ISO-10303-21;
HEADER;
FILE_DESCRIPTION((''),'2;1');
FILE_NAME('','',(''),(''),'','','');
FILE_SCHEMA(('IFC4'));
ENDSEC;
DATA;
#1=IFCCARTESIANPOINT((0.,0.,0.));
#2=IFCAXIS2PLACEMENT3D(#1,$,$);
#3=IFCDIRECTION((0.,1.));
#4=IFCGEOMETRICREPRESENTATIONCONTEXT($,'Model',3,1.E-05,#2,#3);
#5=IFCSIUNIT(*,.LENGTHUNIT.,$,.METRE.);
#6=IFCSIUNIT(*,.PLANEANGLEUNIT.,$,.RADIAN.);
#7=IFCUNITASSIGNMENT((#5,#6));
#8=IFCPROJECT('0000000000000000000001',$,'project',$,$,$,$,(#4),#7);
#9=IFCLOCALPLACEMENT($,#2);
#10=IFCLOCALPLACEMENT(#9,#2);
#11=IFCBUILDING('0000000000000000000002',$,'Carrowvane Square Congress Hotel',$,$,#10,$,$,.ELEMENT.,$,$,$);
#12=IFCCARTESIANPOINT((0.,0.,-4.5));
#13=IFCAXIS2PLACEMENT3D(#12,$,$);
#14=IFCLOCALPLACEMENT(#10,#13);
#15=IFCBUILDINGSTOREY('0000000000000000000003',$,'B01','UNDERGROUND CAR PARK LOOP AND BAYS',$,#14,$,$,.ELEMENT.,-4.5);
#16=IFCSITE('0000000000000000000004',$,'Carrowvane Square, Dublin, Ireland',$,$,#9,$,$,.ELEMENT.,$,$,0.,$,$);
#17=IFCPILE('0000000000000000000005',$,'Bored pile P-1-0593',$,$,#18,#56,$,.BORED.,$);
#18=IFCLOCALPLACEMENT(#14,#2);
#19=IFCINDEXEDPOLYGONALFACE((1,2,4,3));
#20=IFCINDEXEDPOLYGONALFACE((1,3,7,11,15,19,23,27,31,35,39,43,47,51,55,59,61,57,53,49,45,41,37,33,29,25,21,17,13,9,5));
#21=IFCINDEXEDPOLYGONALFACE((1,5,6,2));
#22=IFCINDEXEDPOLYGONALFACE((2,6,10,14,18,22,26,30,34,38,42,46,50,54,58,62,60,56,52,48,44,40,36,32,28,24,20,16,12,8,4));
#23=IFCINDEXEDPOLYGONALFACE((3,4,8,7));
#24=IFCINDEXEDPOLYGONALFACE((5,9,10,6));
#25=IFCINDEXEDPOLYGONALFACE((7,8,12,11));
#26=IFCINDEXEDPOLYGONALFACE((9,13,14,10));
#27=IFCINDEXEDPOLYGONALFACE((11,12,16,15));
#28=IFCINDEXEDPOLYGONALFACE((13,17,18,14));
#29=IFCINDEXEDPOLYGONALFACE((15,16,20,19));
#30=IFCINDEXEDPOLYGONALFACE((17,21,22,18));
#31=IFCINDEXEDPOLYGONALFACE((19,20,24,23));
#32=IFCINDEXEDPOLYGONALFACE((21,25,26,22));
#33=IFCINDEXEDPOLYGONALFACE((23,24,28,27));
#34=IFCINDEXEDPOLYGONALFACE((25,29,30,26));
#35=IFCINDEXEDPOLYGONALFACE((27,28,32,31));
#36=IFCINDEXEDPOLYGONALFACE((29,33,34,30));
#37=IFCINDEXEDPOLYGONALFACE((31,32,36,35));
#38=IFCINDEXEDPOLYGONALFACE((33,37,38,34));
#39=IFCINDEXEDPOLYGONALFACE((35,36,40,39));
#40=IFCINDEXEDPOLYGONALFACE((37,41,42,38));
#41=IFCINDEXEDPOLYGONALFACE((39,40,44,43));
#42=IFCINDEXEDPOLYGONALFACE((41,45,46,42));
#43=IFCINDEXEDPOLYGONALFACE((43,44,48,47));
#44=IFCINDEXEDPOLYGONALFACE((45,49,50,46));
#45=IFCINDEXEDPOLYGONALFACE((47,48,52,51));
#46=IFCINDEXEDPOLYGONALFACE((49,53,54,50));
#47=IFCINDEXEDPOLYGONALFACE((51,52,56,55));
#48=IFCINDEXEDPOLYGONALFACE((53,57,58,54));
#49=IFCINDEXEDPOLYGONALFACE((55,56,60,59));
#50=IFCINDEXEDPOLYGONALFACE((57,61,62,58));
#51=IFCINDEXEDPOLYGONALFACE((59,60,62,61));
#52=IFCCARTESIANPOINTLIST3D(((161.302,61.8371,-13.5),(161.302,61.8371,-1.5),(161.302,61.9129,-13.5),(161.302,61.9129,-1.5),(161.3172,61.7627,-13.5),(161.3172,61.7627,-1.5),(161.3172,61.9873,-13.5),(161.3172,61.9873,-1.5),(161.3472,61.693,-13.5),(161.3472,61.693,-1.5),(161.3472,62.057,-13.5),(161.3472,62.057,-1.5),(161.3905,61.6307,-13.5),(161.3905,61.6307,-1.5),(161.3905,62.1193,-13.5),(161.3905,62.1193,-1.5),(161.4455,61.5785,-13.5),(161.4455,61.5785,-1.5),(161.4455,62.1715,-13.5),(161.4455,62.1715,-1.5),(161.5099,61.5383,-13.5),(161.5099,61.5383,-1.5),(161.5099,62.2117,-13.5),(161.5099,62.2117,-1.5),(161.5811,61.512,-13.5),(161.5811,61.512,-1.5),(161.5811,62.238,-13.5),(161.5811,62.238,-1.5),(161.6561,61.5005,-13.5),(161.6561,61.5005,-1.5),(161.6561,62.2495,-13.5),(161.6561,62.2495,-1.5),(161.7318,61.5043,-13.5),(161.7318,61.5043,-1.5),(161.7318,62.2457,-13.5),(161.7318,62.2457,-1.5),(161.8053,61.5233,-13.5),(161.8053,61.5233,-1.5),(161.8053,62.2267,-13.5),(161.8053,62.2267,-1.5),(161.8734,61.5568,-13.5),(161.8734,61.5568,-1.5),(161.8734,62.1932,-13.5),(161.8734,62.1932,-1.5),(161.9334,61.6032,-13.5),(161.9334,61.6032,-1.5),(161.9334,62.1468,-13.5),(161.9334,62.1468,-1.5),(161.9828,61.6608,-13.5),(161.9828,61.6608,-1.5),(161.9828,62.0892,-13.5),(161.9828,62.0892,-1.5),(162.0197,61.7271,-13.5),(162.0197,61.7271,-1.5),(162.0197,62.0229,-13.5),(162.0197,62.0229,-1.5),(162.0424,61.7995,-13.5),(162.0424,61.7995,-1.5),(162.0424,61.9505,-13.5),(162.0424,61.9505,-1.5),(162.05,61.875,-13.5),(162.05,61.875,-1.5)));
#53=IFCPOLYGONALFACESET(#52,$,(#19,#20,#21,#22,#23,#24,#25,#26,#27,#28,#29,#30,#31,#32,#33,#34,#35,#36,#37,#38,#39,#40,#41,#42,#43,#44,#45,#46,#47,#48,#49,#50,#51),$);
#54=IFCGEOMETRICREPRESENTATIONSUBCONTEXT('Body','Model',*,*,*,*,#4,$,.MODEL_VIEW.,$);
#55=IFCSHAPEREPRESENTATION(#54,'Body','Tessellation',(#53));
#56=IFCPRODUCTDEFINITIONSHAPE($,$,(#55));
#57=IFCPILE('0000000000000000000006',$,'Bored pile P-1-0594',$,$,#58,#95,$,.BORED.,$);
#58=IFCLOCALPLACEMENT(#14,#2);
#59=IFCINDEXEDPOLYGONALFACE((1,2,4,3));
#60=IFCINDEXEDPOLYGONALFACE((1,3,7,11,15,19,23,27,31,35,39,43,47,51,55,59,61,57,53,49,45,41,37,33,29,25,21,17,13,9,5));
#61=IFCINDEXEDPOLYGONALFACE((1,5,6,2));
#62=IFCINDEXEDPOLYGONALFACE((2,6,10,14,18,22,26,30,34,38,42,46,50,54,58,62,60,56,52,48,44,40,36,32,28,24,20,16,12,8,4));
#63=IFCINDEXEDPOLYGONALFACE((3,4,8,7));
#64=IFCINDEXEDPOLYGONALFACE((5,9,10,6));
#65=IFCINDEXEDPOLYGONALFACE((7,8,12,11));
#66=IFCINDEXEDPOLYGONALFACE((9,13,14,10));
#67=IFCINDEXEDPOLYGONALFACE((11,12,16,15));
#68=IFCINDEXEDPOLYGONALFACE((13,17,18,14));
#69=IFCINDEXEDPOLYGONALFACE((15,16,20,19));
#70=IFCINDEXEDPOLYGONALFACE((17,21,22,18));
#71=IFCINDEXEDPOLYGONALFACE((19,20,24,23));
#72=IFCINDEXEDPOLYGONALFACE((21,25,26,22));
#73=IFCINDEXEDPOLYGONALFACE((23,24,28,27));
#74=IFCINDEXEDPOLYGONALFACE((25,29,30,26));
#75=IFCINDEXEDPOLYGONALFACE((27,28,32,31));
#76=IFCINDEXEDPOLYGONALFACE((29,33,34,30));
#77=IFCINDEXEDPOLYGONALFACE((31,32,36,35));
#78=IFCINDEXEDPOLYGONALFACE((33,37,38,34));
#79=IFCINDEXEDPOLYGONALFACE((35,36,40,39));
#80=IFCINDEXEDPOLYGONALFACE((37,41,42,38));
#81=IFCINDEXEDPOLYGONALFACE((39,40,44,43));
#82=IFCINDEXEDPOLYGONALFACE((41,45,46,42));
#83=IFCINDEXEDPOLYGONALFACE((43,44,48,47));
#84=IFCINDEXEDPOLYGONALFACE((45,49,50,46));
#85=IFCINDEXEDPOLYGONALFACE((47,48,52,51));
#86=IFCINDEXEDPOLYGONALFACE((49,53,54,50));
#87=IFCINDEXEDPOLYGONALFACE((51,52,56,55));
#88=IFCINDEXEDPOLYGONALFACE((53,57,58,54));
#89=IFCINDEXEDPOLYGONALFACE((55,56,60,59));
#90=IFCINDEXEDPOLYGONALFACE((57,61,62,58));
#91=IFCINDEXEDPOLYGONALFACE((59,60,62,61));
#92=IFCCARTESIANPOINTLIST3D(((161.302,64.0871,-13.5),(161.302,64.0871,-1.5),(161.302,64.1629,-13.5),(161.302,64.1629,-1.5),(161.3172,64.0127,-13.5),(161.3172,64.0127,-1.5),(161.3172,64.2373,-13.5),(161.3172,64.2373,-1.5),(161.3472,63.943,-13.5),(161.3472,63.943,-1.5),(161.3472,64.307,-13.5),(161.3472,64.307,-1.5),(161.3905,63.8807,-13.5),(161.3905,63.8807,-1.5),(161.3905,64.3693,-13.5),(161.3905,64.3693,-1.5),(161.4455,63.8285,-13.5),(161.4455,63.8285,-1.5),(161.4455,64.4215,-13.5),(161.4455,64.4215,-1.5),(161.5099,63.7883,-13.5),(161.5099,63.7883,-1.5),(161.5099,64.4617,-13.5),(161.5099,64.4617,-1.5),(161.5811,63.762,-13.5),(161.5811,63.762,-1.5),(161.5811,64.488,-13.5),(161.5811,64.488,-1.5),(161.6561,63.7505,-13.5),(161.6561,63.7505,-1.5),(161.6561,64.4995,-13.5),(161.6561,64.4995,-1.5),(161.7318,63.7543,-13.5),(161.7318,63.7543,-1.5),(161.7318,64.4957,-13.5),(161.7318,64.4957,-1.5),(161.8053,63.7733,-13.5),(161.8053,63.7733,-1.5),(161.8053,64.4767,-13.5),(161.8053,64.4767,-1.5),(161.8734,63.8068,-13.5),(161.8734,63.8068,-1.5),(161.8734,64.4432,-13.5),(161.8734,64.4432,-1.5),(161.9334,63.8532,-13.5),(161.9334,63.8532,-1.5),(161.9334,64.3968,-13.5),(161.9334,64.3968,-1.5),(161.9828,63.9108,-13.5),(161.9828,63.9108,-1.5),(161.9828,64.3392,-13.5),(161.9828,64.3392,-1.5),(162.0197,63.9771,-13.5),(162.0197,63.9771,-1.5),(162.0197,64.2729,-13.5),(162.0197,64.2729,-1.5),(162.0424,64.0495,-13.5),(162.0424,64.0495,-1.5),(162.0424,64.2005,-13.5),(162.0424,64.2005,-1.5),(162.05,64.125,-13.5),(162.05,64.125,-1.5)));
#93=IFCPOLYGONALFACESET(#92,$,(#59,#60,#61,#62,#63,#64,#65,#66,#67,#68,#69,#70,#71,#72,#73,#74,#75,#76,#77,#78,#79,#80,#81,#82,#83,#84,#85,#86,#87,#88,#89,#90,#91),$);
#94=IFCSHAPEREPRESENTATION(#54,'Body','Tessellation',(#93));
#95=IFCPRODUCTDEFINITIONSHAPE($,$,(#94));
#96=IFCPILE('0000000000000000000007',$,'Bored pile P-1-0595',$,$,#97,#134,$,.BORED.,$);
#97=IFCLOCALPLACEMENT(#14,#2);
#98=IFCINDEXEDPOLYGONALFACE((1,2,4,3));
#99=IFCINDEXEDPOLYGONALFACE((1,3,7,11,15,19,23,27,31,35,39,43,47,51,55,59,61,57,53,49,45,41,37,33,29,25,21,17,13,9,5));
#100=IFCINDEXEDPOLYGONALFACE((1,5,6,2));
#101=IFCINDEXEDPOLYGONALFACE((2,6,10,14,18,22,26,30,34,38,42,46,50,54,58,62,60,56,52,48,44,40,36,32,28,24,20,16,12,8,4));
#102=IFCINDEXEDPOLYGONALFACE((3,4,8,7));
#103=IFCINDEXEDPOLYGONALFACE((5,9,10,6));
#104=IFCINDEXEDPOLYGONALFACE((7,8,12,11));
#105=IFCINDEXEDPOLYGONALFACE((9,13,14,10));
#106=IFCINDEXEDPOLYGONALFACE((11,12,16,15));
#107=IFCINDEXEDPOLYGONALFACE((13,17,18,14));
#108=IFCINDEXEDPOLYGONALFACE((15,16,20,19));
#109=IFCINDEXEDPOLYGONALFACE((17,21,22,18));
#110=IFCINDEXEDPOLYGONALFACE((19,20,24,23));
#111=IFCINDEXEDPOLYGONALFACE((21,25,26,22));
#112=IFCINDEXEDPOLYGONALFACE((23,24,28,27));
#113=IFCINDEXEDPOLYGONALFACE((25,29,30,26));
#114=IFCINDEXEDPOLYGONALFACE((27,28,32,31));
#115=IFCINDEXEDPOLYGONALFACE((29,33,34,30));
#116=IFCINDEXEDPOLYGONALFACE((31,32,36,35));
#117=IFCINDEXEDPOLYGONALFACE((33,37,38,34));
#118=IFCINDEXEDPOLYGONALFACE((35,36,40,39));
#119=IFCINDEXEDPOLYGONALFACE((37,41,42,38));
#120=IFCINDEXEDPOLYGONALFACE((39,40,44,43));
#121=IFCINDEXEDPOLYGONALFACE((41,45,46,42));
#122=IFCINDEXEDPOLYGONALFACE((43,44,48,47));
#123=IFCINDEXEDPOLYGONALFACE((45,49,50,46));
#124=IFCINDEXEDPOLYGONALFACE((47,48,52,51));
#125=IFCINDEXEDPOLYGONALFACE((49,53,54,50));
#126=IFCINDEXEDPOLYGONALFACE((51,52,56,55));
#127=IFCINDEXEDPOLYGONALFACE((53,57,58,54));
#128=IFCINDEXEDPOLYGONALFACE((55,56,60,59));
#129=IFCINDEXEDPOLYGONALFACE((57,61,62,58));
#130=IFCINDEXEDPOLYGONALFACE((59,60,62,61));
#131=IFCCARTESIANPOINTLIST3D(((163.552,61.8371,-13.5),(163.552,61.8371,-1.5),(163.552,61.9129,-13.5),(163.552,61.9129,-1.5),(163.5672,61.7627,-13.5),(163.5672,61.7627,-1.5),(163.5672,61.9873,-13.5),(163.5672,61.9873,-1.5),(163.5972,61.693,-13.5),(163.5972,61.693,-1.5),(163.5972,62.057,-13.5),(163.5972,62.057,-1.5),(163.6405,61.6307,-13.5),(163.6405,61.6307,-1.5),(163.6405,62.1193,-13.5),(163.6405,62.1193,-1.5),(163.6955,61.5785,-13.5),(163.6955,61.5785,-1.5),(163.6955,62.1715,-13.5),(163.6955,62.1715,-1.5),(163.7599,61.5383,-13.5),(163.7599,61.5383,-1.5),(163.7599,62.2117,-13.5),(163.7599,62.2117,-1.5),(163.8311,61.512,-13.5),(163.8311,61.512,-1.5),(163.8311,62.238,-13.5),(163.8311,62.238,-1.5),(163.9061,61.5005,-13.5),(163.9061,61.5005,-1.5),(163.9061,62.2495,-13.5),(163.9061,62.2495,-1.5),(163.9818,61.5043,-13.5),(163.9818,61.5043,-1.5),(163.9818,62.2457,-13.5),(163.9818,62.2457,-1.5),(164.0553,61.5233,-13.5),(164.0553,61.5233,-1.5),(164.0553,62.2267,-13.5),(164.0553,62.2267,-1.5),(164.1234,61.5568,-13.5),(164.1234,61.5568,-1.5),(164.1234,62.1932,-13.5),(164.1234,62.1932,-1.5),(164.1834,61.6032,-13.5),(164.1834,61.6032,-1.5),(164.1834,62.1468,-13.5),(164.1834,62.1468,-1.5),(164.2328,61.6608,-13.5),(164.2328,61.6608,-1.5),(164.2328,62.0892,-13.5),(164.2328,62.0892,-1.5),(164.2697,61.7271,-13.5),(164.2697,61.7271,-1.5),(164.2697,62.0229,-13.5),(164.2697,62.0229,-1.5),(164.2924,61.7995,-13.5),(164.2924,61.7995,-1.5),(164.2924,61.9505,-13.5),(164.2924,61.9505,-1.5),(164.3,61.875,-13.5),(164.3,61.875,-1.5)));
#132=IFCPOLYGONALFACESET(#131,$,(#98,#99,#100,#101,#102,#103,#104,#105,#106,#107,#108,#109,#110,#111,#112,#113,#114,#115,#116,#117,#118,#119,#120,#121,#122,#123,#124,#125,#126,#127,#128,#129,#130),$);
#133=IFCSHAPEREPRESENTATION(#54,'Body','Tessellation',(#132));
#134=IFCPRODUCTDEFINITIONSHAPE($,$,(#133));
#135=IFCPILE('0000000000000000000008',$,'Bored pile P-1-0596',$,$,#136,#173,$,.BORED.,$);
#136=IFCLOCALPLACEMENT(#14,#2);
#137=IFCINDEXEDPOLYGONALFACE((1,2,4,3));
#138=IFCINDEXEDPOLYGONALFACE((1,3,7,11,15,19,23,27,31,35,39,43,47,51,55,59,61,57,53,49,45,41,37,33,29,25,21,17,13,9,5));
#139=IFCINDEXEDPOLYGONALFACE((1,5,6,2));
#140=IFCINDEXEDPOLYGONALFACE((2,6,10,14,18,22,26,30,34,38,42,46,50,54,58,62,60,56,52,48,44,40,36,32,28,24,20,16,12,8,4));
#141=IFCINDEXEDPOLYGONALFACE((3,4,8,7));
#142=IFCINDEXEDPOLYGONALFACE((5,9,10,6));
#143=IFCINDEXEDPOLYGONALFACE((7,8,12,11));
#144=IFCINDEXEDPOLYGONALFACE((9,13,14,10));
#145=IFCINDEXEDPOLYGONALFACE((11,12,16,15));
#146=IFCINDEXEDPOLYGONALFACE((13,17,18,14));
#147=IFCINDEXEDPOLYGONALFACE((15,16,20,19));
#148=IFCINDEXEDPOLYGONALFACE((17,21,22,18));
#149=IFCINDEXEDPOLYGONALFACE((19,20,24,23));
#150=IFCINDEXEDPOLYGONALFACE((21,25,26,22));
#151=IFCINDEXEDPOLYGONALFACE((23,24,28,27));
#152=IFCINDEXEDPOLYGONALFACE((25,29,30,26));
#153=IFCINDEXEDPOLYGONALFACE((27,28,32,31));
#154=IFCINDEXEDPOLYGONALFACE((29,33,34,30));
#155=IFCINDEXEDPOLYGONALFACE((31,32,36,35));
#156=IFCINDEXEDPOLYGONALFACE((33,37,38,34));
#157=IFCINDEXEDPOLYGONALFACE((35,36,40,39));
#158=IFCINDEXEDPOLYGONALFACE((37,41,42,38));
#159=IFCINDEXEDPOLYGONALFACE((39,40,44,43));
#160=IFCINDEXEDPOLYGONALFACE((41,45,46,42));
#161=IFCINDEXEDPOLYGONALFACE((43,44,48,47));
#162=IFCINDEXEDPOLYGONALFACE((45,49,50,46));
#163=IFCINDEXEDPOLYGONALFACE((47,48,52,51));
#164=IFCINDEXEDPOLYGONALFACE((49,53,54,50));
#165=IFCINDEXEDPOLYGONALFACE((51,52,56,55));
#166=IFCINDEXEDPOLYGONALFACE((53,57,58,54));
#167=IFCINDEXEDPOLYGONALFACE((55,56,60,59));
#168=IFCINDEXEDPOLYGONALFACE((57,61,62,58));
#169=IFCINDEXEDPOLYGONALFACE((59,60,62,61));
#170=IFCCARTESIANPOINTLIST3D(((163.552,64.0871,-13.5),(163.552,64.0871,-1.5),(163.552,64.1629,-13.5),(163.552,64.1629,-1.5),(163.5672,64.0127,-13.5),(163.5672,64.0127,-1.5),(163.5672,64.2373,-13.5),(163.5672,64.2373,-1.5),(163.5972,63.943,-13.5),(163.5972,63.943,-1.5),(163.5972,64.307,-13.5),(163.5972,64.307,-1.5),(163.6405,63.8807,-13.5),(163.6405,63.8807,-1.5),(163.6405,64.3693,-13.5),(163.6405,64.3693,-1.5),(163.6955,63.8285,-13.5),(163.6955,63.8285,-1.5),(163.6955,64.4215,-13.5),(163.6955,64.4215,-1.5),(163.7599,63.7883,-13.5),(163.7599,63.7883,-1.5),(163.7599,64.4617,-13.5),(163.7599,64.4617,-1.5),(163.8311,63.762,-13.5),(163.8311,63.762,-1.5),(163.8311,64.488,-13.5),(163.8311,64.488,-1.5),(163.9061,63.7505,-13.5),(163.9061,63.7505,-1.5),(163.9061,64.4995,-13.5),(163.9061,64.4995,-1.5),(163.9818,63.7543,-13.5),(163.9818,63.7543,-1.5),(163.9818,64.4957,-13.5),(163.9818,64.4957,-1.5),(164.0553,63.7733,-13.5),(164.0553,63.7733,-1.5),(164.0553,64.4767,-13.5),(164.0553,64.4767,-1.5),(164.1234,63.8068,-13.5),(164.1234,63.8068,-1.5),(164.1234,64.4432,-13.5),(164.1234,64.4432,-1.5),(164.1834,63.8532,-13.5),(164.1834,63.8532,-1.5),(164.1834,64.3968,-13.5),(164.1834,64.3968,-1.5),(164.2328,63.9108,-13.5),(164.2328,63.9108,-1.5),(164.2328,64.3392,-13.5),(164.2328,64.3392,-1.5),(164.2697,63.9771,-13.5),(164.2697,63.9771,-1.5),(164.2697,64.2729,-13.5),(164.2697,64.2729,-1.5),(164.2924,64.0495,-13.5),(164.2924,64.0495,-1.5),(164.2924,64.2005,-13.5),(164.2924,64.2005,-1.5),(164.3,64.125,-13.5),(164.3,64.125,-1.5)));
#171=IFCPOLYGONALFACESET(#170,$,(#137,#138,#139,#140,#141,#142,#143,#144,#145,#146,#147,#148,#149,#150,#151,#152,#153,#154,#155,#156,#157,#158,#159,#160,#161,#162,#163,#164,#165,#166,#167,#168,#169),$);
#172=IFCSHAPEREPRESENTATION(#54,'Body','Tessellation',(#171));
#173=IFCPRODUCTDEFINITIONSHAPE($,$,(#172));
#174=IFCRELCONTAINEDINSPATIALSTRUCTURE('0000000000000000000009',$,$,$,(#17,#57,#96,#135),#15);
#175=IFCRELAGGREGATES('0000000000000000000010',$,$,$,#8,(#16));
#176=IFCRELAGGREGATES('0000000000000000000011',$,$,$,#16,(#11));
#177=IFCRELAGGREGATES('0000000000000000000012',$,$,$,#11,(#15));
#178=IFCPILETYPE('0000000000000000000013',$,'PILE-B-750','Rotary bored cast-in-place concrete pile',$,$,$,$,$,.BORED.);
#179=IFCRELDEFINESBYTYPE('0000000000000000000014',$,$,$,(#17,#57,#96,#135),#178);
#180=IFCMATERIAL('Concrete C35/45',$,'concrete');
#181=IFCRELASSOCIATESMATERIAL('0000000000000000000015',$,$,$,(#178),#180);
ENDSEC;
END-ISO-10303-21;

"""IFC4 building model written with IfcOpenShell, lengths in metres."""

from ifc_helpers import new_model, si_unit, direction, frame, origin, origin_2d, place, context, subcontext, project, spatial, circle, extrude, material, material_profile, profile_set, type_object, element, save


model = new_model("IFC4")

# Units and contexts
model_context = context("Model", 3, precision=1e-05, world=origin(), true_north=direction((0.0, 1.0)))
body_context = subcontext(model_context, "Body", "Model", "MODEL_VIEW")
ifc_project = project(units=[si_unit("LENGTHUNIT", "METRE"), si_unit("PLANEANGLEUNIT", "RADIAN")], contexts=[model_context])

# Site, building, storey
site_placement = place(None, origin())
site = spatial("IfcSite", under=ifc_project, at=site_placement, Name="Carrowvane Square, Dublin, Ireland", CompositionType="ELEMENT", RefElevation=0.0)
building_placement = place(site_placement, origin())
building = spatial("IfcBuilding", under=site, at=building_placement, Name="Carrowvane Square Congress Hotel", CompositionType="ELEMENT")
storey_placement = place(building_placement, frame((0.0, 0.0, -4.5)))
storey = spatial("IfcBuildingStorey", under=building, at=storey_placement, Name="B01", Description="UNDERGROUND CAR PARK LOOP AND BAYS", CompositionType="ELEMENT", Elevation=-4.5)

# Piles
ifc_material_1 = material(Name="Concrete C35/45", Category="concrete")
ifc_material_profile_1 = material_profile(ifc_material_1, circle(Radius=0.375, at=origin_2d()), Name="PILE D750")
ifc_profile_set_1 = profile_set([ifc_material_profile_1], Name="Concrete C35/45")
pile_type_1 = type_object("IfcPileType", Name="PILE-B-750", Description="Rotary bored cast-in-place concrete pile", PredefinedType="BORED", material=ifc_profile_set_1)
for number, where, z_axis, x_axis, name in (
    (1, (161.675, 61.875, -1.5), (0.0, 0.0, -1.0), (1.0, 0.0, 0.0), "Bored pile P-1-0593"),
    (2, (161.675, 64.125, -1.5), (0.0, 0.0, -1.0), (1.0, 0.0, 0.0), "Bored pile P-1-0594"),
    (3, (163.925, 61.875, -1.5), (0.0, 0.0, -1.0), (1.0, 0.0, 0.0), "Bored pile P-1-0595"),
    (4, (163.925, 64.125, -1.5), (0.0, 0.0, -1.0), (1.0, 0.0, 0.0), "Bored pile P-1-0596"),
):
    element("IfcPile", number, at=place(storey_placement, frame(where, z_axis=z_axis, x_axis=x_axis)), inside=storey, type_object=pile_type_1, Name=name, PredefinedType="BORED", context=body_context, shape_type="SweptSolid", body=[
        extrude(circle(Radius=0.375, at=origin_2d()), origin(), (0.0, 0.0, 1.0), 12.0),
    ])

save(model, "model.ifc")
